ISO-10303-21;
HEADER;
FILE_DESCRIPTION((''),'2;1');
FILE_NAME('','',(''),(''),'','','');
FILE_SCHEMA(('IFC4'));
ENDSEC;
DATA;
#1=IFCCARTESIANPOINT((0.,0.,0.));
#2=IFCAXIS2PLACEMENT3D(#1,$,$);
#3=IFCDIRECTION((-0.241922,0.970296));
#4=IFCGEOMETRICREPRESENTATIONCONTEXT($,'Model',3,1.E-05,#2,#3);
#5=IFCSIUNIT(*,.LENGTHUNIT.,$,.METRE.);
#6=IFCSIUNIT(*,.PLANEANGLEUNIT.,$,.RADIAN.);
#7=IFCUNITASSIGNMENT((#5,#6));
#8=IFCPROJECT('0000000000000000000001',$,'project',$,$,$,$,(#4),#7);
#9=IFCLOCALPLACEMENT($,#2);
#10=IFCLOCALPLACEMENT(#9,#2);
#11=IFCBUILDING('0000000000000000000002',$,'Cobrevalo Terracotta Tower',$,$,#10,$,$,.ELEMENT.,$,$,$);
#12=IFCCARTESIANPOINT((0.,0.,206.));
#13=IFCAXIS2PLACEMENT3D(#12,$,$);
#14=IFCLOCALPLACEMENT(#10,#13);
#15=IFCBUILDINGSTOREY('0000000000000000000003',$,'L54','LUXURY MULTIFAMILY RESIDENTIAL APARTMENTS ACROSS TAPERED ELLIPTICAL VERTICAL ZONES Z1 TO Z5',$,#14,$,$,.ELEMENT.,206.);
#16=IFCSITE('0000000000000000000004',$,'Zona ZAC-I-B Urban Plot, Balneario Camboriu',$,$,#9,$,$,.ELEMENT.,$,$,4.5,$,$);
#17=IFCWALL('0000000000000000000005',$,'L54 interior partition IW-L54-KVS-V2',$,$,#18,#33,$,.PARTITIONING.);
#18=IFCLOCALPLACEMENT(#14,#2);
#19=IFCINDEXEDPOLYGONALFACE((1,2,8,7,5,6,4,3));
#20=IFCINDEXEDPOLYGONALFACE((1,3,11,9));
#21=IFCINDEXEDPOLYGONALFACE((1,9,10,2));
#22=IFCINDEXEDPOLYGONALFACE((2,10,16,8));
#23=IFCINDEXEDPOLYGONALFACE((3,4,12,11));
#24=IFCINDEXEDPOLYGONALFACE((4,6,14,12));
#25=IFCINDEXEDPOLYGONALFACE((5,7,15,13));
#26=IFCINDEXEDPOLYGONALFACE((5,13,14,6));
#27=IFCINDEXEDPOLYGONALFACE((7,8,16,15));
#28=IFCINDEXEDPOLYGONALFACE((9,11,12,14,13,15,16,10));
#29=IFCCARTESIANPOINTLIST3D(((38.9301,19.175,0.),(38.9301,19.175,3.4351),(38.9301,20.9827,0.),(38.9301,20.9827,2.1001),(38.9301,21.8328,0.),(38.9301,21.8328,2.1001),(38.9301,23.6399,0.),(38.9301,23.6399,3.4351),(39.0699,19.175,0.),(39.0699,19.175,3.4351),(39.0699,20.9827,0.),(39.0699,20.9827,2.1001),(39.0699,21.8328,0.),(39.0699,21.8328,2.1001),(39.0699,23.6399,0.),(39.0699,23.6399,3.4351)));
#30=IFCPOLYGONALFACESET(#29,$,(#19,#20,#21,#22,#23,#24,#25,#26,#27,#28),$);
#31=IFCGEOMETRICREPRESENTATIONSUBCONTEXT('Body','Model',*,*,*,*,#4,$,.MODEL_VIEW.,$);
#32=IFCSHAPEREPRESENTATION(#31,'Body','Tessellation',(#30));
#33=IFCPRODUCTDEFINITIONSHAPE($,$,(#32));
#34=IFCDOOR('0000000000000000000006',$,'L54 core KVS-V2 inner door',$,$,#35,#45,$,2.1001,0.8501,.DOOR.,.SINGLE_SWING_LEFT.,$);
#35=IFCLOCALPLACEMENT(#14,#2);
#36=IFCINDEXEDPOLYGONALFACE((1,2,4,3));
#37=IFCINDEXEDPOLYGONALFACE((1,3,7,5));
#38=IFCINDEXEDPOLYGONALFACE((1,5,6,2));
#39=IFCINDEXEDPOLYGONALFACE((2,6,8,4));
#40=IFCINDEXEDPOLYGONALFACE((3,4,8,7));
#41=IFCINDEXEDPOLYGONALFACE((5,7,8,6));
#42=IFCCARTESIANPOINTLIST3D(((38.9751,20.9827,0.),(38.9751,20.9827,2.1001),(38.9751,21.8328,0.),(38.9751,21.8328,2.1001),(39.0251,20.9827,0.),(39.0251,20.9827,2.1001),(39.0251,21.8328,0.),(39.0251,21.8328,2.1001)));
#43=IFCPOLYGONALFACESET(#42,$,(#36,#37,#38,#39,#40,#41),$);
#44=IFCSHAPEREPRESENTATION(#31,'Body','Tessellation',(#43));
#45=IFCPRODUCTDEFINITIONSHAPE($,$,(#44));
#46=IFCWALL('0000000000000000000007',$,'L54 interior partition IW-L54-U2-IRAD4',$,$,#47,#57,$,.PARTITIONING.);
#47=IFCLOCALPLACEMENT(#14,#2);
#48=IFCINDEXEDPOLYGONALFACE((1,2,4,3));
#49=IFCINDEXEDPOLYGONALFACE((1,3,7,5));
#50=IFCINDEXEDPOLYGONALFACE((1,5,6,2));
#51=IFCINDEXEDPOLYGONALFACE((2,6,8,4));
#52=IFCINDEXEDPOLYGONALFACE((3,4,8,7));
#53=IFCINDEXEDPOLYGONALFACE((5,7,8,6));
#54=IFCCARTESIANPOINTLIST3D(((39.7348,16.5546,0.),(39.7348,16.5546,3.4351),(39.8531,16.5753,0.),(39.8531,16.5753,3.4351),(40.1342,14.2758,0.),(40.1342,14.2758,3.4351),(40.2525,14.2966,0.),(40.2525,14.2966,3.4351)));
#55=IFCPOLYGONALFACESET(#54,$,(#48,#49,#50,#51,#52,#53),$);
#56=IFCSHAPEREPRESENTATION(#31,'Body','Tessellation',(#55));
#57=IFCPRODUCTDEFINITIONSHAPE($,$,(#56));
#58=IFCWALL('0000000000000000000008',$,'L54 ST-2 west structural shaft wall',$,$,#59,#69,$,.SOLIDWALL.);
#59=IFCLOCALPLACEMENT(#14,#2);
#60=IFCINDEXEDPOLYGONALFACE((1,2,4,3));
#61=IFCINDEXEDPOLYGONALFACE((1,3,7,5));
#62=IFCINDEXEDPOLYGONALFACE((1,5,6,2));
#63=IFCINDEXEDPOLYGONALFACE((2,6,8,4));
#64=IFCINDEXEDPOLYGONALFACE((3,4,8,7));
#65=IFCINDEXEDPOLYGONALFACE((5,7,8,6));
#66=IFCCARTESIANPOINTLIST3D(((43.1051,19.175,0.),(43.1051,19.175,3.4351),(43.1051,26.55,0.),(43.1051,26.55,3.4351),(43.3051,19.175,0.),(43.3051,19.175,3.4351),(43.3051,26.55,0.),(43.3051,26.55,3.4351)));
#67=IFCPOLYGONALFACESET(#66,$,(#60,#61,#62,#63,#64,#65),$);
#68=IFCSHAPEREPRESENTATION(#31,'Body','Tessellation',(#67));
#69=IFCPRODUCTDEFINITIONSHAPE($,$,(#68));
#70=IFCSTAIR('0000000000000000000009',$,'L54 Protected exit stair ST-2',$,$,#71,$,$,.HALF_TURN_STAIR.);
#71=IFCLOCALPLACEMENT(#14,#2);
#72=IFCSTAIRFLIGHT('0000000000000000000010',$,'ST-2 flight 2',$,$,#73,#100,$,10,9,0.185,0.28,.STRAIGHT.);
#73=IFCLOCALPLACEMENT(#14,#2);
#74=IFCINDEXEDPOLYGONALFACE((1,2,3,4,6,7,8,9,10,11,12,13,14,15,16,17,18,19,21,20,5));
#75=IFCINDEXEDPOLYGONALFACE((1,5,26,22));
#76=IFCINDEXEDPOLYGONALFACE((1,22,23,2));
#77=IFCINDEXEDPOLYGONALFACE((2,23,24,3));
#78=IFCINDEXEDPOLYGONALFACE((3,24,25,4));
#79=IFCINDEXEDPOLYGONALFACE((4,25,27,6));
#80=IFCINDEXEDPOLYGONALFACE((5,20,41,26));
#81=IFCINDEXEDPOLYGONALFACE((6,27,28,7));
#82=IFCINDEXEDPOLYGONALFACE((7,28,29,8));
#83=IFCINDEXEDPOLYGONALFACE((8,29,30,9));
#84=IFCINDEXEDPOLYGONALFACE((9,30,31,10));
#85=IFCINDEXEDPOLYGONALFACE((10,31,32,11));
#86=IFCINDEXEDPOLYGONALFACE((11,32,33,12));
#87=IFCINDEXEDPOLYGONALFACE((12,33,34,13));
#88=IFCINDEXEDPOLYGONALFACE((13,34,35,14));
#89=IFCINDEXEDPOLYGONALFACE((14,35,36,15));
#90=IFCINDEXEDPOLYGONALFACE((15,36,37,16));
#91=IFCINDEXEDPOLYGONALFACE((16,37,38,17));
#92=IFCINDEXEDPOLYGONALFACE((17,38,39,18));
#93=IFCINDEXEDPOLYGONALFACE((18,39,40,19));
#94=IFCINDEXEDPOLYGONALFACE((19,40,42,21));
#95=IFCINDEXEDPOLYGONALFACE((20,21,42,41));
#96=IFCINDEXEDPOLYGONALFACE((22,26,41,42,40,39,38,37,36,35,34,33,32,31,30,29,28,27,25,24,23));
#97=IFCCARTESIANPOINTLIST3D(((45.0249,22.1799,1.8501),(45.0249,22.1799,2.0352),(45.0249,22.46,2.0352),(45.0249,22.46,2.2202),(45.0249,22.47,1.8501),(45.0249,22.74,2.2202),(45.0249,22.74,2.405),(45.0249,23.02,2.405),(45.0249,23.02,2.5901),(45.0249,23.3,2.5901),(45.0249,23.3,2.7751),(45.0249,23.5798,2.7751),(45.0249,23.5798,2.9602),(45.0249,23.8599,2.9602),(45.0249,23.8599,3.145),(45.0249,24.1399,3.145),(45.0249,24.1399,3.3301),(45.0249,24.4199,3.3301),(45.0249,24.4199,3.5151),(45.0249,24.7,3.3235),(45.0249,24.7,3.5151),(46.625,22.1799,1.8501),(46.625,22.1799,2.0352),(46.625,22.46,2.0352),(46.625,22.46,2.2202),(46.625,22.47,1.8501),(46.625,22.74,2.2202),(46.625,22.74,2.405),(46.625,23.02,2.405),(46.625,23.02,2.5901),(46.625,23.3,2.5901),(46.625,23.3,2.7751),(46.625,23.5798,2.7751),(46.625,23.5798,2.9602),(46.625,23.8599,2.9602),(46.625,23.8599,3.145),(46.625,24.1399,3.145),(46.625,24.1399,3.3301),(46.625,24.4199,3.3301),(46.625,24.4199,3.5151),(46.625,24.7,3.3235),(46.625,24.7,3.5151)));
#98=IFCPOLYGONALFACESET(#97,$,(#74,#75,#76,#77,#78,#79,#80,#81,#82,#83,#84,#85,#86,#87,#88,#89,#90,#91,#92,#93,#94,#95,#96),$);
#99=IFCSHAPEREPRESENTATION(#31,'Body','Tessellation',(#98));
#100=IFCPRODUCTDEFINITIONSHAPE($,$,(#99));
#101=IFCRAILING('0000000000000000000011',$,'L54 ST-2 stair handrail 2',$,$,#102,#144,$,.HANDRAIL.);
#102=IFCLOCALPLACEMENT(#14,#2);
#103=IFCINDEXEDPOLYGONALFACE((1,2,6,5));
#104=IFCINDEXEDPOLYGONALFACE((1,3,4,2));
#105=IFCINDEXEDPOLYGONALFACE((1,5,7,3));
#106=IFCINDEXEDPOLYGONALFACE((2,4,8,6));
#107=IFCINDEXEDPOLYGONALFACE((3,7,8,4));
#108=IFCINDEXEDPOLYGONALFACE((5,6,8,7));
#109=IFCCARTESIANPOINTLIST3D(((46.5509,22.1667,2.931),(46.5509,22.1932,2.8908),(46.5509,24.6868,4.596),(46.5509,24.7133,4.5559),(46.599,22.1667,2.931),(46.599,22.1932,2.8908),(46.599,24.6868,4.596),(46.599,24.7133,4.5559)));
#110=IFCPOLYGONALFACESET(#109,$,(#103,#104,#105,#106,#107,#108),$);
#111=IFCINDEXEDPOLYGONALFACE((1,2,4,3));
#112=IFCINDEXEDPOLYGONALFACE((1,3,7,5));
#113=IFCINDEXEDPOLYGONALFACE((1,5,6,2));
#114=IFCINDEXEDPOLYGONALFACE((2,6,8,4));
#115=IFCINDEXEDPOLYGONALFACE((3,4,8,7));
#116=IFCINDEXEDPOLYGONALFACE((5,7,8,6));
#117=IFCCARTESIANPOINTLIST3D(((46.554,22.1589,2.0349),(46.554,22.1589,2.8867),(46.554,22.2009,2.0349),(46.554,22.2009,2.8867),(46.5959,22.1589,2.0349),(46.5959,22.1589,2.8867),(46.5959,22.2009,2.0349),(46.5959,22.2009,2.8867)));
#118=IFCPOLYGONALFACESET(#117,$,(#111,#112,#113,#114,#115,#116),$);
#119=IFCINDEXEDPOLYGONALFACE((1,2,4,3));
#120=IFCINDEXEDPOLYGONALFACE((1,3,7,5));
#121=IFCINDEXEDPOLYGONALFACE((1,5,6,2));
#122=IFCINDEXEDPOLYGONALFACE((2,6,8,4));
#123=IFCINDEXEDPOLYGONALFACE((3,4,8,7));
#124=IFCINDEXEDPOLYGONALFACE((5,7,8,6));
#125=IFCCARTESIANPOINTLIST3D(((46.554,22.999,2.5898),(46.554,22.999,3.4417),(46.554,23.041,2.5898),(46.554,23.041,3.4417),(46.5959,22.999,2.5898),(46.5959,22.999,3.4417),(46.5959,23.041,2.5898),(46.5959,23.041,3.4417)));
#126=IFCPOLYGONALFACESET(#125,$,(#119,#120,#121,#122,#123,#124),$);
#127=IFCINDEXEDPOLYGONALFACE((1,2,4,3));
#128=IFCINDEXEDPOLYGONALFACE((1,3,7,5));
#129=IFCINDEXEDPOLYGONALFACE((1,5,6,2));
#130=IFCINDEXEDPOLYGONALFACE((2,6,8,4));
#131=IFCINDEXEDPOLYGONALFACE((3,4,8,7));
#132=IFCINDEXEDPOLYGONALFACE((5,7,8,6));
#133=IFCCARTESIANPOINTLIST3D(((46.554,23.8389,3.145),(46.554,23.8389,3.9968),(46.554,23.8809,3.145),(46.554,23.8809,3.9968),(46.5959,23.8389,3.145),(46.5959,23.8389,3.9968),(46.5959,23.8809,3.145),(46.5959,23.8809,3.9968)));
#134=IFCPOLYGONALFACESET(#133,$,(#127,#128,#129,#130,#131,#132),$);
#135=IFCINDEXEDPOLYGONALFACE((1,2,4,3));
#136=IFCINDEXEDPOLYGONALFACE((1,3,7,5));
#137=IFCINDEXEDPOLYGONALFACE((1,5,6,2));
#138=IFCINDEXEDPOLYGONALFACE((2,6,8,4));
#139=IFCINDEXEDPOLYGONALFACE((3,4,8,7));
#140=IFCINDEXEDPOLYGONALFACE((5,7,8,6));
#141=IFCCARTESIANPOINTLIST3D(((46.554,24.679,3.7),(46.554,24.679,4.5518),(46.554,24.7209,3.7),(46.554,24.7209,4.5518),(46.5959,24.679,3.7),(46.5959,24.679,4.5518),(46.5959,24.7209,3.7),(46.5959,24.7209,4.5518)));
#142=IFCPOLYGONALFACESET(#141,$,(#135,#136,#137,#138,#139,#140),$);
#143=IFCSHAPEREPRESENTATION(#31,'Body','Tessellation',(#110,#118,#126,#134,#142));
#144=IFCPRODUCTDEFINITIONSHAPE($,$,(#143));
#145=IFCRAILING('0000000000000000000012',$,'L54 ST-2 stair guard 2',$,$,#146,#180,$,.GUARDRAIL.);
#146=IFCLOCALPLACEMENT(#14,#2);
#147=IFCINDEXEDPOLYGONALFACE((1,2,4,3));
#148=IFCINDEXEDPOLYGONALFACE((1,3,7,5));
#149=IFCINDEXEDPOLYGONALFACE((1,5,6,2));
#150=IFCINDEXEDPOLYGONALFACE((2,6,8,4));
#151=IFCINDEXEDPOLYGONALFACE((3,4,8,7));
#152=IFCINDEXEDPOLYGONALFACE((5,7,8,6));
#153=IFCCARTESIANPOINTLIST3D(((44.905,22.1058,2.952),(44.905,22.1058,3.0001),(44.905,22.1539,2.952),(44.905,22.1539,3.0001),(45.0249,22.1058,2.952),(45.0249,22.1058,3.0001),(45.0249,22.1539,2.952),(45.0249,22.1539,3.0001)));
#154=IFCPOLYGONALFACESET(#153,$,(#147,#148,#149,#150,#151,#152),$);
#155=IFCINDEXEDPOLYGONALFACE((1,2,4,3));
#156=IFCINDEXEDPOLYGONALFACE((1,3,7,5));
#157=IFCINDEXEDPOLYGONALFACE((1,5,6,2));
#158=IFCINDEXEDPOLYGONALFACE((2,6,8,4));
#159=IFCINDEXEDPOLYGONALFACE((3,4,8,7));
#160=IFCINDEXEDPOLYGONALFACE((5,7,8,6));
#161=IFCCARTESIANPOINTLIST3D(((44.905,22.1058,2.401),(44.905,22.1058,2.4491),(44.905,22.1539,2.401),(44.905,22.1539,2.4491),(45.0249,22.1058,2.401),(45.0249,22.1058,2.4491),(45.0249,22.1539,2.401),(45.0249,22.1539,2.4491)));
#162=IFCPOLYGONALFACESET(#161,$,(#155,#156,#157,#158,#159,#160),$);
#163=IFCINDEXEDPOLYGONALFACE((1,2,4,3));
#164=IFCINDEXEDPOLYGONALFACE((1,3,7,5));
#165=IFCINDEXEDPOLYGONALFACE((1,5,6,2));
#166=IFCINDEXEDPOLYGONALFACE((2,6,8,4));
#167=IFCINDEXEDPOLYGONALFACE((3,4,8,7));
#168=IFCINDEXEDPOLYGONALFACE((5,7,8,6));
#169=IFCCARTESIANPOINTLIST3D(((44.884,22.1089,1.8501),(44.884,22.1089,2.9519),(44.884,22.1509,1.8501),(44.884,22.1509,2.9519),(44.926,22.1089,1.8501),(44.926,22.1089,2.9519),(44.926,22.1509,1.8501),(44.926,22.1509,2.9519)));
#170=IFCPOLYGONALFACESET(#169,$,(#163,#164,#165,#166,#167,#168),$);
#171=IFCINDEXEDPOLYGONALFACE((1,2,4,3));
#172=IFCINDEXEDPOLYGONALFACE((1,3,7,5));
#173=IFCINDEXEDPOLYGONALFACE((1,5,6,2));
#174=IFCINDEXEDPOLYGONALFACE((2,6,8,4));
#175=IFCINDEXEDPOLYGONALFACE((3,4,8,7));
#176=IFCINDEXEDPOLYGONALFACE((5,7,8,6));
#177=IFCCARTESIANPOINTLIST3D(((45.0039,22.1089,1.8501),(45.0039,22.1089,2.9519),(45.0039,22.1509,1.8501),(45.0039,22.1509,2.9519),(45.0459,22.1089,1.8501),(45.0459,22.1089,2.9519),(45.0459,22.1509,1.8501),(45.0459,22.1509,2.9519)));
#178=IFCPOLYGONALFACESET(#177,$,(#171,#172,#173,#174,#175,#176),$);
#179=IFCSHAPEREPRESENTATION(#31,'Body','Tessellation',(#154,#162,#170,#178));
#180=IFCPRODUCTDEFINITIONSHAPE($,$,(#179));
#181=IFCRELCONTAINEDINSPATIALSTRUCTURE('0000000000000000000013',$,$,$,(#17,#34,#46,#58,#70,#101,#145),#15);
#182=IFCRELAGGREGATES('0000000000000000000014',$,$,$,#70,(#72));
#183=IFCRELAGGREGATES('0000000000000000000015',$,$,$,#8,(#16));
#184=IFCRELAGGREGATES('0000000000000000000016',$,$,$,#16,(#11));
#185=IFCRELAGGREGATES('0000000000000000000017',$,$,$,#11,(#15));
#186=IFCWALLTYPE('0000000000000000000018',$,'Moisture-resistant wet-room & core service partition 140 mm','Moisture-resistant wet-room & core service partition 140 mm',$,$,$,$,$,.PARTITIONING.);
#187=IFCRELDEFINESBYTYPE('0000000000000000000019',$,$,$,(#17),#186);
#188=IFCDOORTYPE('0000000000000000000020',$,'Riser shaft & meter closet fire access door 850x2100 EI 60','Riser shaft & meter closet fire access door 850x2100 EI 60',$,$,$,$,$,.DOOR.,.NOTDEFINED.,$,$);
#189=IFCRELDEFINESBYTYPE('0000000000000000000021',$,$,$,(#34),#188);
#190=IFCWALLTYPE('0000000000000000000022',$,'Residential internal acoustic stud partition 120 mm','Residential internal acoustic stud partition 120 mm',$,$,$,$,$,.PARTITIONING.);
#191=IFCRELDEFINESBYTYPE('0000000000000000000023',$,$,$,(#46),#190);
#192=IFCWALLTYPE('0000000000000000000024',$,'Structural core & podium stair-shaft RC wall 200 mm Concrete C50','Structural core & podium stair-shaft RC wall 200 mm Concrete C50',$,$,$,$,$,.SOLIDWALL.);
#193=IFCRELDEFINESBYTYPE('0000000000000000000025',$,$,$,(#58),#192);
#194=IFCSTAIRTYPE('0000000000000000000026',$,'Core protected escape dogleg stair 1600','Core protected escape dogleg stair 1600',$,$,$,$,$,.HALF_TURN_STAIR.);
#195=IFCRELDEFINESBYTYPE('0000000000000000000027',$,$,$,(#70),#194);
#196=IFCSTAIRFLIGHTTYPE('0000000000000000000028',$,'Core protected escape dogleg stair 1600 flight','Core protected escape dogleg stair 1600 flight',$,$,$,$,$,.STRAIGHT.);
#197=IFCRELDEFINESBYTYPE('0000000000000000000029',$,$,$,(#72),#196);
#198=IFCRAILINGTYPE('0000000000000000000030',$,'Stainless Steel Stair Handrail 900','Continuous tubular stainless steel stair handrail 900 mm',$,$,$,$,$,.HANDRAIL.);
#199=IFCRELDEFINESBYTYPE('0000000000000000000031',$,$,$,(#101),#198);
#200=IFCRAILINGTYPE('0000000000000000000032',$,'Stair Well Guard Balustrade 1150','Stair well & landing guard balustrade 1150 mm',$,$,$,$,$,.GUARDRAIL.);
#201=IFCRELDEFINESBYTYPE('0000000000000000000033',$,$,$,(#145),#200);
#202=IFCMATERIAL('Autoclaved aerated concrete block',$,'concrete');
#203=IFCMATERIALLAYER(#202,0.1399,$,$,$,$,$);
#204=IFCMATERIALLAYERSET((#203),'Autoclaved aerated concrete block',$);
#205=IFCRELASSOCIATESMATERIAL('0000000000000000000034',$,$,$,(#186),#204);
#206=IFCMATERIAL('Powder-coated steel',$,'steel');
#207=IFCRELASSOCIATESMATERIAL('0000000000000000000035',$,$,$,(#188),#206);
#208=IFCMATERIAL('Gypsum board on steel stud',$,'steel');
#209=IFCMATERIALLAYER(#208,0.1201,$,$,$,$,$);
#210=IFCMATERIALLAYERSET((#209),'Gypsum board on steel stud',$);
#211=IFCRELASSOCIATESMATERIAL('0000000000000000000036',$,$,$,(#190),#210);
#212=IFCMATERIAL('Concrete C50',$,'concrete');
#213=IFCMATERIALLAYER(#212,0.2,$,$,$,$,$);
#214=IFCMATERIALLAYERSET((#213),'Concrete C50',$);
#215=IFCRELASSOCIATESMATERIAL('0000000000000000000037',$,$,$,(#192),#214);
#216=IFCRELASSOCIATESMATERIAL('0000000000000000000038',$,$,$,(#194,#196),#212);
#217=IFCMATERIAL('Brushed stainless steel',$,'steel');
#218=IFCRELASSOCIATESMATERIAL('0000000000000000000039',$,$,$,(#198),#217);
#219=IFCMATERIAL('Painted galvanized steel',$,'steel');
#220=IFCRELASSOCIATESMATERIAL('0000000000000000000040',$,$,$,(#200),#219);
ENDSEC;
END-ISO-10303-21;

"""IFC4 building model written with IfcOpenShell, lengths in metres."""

from ifc_helpers import new_model, si_unit, direction, frame, frame_2d, origin, origin_2d, place, context, subcontext, project, spatial, polyline, rectangle, outline, extrude, source, transform, mapped, material, layer, layer_set, type_object, element, fill, aggregate, save


model = new_model("IFC4")

# Units and contexts
model_context = context("Model", 3, precision=1e-05, world=origin(), true_north=direction((-0.241922, 0.970296)))
body_context = subcontext(model_context, "Body", "Model", "MODEL_VIEW")
ifc_project = project(units=[si_unit("LENGTHUNIT", "METRE"), si_unit("PLANEANGLEUNIT", "RADIAN")], contexts=[model_context])

# Site, building, storey
site_placement = place(None, origin())
site = spatial("IfcSite", under=ifc_project, at=site_placement, Name="Zona ZAC-I-B Urban Plot, Balneario Camboriu", CompositionType="ELEMENT", RefElevation=4.5)
building_placement = place(site_placement, origin())
building = spatial("IfcBuilding", under=site, at=building_placement, Name="Cobrevalo Terracotta Tower", CompositionType="ELEMENT")
storey_placement = place(building_placement, frame((0.0, 0.0, 206.0)))
storey = spatial("IfcBuildingStorey", under=building, at=storey_placement, Name="L54", Description="LUXURY MULTIFAMILY RESIDENTIAL APARTMENTS ACROSS TAPERED ELLIPTICAL VERTICAL ZONES Z1 TO Z5", CompositionType="ELEMENT", Elevation=206.0)

# Shared definitions
ifc_material_1 = material(Name="Gypsum board on steel stud", Category="steel")

# Wall, opening, door
ifc_material_2 = material(Name="Concrete C50", Category="concrete")
ifc_material_3 = material(Name="Autoclaved aerated concrete block", Category="concrete")
ifc_layer_1 = layer(ifc_material_3, 0.1399)
ifc_layer_set_1 = layer_set([ifc_layer_1], Name="Autoclaved aerated concrete block")
wall_type_1 = type_object("IfcWallType", Name="Moisture-resistant wet-room & core service partition 140 mm", Description="Moisture-resistant wet-room & core service partition 140 mm", PredefinedType="PARTITIONING", material=ifc_layer_set_1)
ifc_material_4 = material(Name="Powder-coated steel", Category="steel")
door_type_1 = type_object("IfcDoorType", Name="Riser shaft & meter closet fire access door 850x2100 EI 60", Description="Riser shaft & meter closet fire access door 850x2100 EI 60", OperationType="NOTDEFINED", PredefinedType="DOOR", material=ifc_material_4)
shared_shape_1 = source(origin(), body_context, "Body", "SweptSolid", [
    extrude(rectangle(XDim=0.8501, YDim=2.1001, at=frame_2d((0.425, 1.05))), frame((0.0, 0.0249, 0.0), z_axis=(0.0, -1.0, 0.0), x_axis=(1.0, 0.0, 0.0)), (0.0, 0.0, 1.0), 0.05),
])
wall_1_placement = place(storey_placement, frame((39.0, 19.175, 0.0), z_axis=(0.0, 0.0, 1.0), x_axis=(0.0, 1.0, 0.0)))
wall_1 = element("IfcWall", 1, at=wall_1_placement, inside=storey, type_object=wall_type_1, Name="L54 interior partition IW-L54-KVS-V2", PredefinedType="PARTITIONING", context=body_context, shape_type="SweptSolid", body=[
    extrude(rectangle(XDim=4.4648, YDim=0.1399, at=frame_2d((2.2324, 0.0))), origin(), (0.0, 0.0, 1.0), 3.4351),
])
opening_1_placement = place(wall_1_placement, frame((1.8076, 0.0, 0.0)))
opening_1 = element("IfcOpeningElement", 2, at=opening_1_placement, cuts=wall_1, PredefinedType="OPENING", context=body_context, shape_type="SweptSolid", body=[
    extrude(rectangle(XDim=0.8501, YDim=2.1001, at=frame_2d((0.425, 1.05))), frame((0.0, 0.0801, 0.0), z_axis=(0.0, -1.0, 0.0), x_axis=(1.0, 0.0, 0.0)), (0.0, 0.0, 1.0), 0.1599),
])
door_1_placement = place(opening_1_placement, origin())
door_1 = element("IfcDoor", 3, at=door_1_placement, inside=storey, type_object=door_type_1, Name="L54 core KVS-V2 inner door", OperationType="SINGLE_SWING_LEFT", OverallHeight=2.1001, OverallWidth=0.8501, PredefinedType="DOOR", context=body_context, shape_type="MappedRepresentation", body=[
    mapped(shared_shape_1, transform((0.0, 0.0, 0.0), scale=1.0)),
])
fill(opening_1, door_1)

# Wall
ifc_layer_2 = layer(ifc_material_1, 0.1201)
ifc_layer_set_2 = layer_set([ifc_layer_2], Name="Gypsum board on steel stud")
wall_type_2 = type_object("IfcWallType", Name="Residential internal acoustic stud partition 120 mm", Description="Residential internal acoustic stud partition 120 mm", PredefinedType="PARTITIONING", material=ifc_layer_set_2)
wall_2_placement = place(storey_placement, frame((39.7939, 16.5649, 0.0), z_axis=(0.0, 0.0, 1.0), x_axis=(0.172641, -0.984985, 0.0)))
element("IfcWall", 4, at=wall_2_placement, inside=storey, type_object=wall_type_2, Name="L54 interior partition IW-L54-U2-IRAD4", PredefinedType="PARTITIONING", context=body_context, shape_type="SweptSolid", body=[
    extrude(rectangle(XDim=2.3135, YDim=0.1201, at=frame_2d((1.1567, 0.0))), origin(), (0.0, 0.0, 1.0), 3.4351),
])

# Wall
ifc_layer_3 = layer(ifc_material_2, 0.2)
ifc_layer_set_3 = layer_set([ifc_layer_3], Name="Concrete C50")
wall_type_3 = type_object("IfcWallType", Name="Structural core & podium stair-shaft RC wall 200 mm Concrete C50", Description="Structural core & podium stair-shaft RC wall 200 mm Concrete C50", PredefinedType="SOLIDWALL", material=ifc_layer_set_3)
wall_3_placement = place(storey_placement, frame((43.2051, 19.175, 0.0), z_axis=(0.0, 0.0, 1.0), x_axis=(0.0, 1.0, 0.0)))
element("IfcWall", 5, at=wall_3_placement, inside=storey, type_object=wall_type_3, Name="L54 ST-2 west structural shaft wall", PredefinedType="SOLIDWALL", context=body_context, shape_type="SweptSolid", body=[
    extrude(rectangle(XDim=7.375, YDim=0.2, at=frame_2d((3.6875, 0.0))), origin(), (0.0, 0.0, 1.0), 3.4351),
])

# Stair, stair flight
stair_type = type_object("IfcStairType", Name="Core protected escape dogleg stair 1600", Description="Core protected escape dogleg stair 1600", PredefinedType="HALF_TURN_STAIR", material=ifc_material_2)
stair_placement = place(storey_placement, origin())
stair = element("IfcStair", 6, at=stair_placement, inside=storey, type_object=stair_type, Name="L54 Protected exit stair ST-2", PredefinedType="HALF_TURN_STAIR")
stair_flight_type = type_object("IfcStairFlightType", Name="Core protected escape dogleg stair 1600 flight", Description="Core protected escape dogleg stair 1600 flight", PredefinedType="STRAIGHT", material=ifc_material_2)
stair_flight_placement = place(storey_placement, frame((45.825, 22.1799, 1.8501), z_axis=(0.0, 0.0, 1.0), x_axis=(0.0, 1.0, 0.0)))
stair_flight = element("IfcStairFlight", 7, at=stair_flight_placement, type_object=stair_flight_type, Name="ST-2 flight 2", NumberOfRisers=10, NumberOfTreads=9, PredefinedType="STRAIGHT", RiserHeight=0.185, TreadLength=0.28, context=body_context, shape_type="SweptSolid", body=[
    extrude(outline(polyline([(0.0, 0.0), (0.0, 0.1851), (0.28, 0.1851), (0.28, 0.3701), (0.5601, 0.3701), (0.5601, 0.5549), (0.8401, 0.5549), (0.8401, 0.74), (1.1201, 0.74), (1.1201, 0.925), (1.3999, 0.925), (1.3999, 1.1101), (1.6799, 1.1101), (1.6799, 1.2949), (1.96, 1.2949), (1.96, 1.48), (2.24, 1.48), (2.24, 1.665), (2.52, 1.665), (2.52, 1.8501), (2.52, 1.4734), (0.29, 0.0), (0.0, 0.0)])), frame((0.0, 0.8, 0.0), z_axis=(0.0, -1.0, 0.0), x_axis=(1.0, 0.0, 0.0)), (0.0, 0.0, 1.0), 1.6001),
])
aggregate(stair, [stair_flight])

# Railings
ifc_material_5 = material(Name="Brushed stainless steel", Category="steel")
railing_type_1 = type_object("IfcRailingType", Name="Stainless Steel Stair Handrail 900", Description="Continuous tubular stainless steel stair handrail 900 mm", PredefinedType="HANDRAIL", material=ifc_material_5)
railing_1_placement = place(storey_placement, frame((46.575, 22.1799, 2.0349)))
element("IfcRailing", 8, at=railing_1_placement, inside=storey, type_object=railing_type_1, Name="L54 ST-2 stair handrail 2", PredefinedType="HANDRAIL", context=body_context, shape_type="SweptSolid", body=[
    extrude(rectangle(XDim=0.0481, YDim=0.0481, at=origin_2d()), frame((0.0, 0.0, 0.876), z_axis=(0.0, 0.834331, 0.551263), x_axis=(-1.0, 0.0, 0.0)), (0.0, 0.0, 1.0), 3.0205),
    extrude(rectangle(XDim=0.042, YDim=0.042, at=origin_2d()), origin(), (0.0, 0.0, 1.0), 0.8518),
    extrude(rectangle(XDim=0.042, YDim=0.042, at=origin_2d()), frame((0.0, 0.8401, 0.5549)), (0.0, 0.0, 1.0), 0.8518),
    extrude(rectangle(XDim=0.042, YDim=0.042, at=origin_2d()), frame((0.0, 1.6799, 1.1101)), (0.0, 0.0, 1.0), 0.8518),
    extrude(rectangle(XDim=0.042, YDim=0.042, at=origin_2d()), frame((0.0, 2.52, 1.665)), (0.0, 0.0, 1.0), 0.8518),
])
ifc_material_6 = material(Name="Painted galvanized steel", Category="steel")
railing_type_2 = type_object("IfcRailingType", Name="Stair Well Guard Balustrade 1150", Description="Stair well & landing guard balustrade 1150 mm", PredefinedType="GUARDRAIL", material=ifc_material_6)
railing_2_placement = place(storey_placement, frame((44.905, 22.1299, 1.8501)))
element("IfcRailing", 9, at=railing_2_placement, inside=storey, type_object=railing_type_2, Name="L54 ST-2 stair guard 2", PredefinedType="GUARDRAIL", context=body_context, shape_type="SweptSolid", body=[
    extrude(rectangle(XDim=0.0481, YDim=0.0481, at=origin_2d()), frame((0.0, 0.0, 1.126), z_axis=(1.0, 0.0, 0.0), x_axis=(0.0, 1.0, 0.0)), (0.0, 0.0, 1.0), 0.1199),
    extrude(rectangle(XDim=0.0481, YDim=0.0481, at=origin_2d()), frame((0.0, 0.0, 0.575), z_axis=(1.0, 0.0, 0.0), x_axis=(0.0, 1.0, 0.0)), (0.0, 0.0, 1.0), 0.1199),
    extrude(rectangle(XDim=0.042, YDim=0.042, at=origin_2d()), origin(), (0.0, 0.0, 1.0), 1.1018),
    extrude(rectangle(XDim=0.042, YDim=0.042, at=origin_2d()), frame((0.1199, 0.0, 0.0)), (0.0, 0.0, 1.0), 1.1018),
])

save(model, "model.ifc")
